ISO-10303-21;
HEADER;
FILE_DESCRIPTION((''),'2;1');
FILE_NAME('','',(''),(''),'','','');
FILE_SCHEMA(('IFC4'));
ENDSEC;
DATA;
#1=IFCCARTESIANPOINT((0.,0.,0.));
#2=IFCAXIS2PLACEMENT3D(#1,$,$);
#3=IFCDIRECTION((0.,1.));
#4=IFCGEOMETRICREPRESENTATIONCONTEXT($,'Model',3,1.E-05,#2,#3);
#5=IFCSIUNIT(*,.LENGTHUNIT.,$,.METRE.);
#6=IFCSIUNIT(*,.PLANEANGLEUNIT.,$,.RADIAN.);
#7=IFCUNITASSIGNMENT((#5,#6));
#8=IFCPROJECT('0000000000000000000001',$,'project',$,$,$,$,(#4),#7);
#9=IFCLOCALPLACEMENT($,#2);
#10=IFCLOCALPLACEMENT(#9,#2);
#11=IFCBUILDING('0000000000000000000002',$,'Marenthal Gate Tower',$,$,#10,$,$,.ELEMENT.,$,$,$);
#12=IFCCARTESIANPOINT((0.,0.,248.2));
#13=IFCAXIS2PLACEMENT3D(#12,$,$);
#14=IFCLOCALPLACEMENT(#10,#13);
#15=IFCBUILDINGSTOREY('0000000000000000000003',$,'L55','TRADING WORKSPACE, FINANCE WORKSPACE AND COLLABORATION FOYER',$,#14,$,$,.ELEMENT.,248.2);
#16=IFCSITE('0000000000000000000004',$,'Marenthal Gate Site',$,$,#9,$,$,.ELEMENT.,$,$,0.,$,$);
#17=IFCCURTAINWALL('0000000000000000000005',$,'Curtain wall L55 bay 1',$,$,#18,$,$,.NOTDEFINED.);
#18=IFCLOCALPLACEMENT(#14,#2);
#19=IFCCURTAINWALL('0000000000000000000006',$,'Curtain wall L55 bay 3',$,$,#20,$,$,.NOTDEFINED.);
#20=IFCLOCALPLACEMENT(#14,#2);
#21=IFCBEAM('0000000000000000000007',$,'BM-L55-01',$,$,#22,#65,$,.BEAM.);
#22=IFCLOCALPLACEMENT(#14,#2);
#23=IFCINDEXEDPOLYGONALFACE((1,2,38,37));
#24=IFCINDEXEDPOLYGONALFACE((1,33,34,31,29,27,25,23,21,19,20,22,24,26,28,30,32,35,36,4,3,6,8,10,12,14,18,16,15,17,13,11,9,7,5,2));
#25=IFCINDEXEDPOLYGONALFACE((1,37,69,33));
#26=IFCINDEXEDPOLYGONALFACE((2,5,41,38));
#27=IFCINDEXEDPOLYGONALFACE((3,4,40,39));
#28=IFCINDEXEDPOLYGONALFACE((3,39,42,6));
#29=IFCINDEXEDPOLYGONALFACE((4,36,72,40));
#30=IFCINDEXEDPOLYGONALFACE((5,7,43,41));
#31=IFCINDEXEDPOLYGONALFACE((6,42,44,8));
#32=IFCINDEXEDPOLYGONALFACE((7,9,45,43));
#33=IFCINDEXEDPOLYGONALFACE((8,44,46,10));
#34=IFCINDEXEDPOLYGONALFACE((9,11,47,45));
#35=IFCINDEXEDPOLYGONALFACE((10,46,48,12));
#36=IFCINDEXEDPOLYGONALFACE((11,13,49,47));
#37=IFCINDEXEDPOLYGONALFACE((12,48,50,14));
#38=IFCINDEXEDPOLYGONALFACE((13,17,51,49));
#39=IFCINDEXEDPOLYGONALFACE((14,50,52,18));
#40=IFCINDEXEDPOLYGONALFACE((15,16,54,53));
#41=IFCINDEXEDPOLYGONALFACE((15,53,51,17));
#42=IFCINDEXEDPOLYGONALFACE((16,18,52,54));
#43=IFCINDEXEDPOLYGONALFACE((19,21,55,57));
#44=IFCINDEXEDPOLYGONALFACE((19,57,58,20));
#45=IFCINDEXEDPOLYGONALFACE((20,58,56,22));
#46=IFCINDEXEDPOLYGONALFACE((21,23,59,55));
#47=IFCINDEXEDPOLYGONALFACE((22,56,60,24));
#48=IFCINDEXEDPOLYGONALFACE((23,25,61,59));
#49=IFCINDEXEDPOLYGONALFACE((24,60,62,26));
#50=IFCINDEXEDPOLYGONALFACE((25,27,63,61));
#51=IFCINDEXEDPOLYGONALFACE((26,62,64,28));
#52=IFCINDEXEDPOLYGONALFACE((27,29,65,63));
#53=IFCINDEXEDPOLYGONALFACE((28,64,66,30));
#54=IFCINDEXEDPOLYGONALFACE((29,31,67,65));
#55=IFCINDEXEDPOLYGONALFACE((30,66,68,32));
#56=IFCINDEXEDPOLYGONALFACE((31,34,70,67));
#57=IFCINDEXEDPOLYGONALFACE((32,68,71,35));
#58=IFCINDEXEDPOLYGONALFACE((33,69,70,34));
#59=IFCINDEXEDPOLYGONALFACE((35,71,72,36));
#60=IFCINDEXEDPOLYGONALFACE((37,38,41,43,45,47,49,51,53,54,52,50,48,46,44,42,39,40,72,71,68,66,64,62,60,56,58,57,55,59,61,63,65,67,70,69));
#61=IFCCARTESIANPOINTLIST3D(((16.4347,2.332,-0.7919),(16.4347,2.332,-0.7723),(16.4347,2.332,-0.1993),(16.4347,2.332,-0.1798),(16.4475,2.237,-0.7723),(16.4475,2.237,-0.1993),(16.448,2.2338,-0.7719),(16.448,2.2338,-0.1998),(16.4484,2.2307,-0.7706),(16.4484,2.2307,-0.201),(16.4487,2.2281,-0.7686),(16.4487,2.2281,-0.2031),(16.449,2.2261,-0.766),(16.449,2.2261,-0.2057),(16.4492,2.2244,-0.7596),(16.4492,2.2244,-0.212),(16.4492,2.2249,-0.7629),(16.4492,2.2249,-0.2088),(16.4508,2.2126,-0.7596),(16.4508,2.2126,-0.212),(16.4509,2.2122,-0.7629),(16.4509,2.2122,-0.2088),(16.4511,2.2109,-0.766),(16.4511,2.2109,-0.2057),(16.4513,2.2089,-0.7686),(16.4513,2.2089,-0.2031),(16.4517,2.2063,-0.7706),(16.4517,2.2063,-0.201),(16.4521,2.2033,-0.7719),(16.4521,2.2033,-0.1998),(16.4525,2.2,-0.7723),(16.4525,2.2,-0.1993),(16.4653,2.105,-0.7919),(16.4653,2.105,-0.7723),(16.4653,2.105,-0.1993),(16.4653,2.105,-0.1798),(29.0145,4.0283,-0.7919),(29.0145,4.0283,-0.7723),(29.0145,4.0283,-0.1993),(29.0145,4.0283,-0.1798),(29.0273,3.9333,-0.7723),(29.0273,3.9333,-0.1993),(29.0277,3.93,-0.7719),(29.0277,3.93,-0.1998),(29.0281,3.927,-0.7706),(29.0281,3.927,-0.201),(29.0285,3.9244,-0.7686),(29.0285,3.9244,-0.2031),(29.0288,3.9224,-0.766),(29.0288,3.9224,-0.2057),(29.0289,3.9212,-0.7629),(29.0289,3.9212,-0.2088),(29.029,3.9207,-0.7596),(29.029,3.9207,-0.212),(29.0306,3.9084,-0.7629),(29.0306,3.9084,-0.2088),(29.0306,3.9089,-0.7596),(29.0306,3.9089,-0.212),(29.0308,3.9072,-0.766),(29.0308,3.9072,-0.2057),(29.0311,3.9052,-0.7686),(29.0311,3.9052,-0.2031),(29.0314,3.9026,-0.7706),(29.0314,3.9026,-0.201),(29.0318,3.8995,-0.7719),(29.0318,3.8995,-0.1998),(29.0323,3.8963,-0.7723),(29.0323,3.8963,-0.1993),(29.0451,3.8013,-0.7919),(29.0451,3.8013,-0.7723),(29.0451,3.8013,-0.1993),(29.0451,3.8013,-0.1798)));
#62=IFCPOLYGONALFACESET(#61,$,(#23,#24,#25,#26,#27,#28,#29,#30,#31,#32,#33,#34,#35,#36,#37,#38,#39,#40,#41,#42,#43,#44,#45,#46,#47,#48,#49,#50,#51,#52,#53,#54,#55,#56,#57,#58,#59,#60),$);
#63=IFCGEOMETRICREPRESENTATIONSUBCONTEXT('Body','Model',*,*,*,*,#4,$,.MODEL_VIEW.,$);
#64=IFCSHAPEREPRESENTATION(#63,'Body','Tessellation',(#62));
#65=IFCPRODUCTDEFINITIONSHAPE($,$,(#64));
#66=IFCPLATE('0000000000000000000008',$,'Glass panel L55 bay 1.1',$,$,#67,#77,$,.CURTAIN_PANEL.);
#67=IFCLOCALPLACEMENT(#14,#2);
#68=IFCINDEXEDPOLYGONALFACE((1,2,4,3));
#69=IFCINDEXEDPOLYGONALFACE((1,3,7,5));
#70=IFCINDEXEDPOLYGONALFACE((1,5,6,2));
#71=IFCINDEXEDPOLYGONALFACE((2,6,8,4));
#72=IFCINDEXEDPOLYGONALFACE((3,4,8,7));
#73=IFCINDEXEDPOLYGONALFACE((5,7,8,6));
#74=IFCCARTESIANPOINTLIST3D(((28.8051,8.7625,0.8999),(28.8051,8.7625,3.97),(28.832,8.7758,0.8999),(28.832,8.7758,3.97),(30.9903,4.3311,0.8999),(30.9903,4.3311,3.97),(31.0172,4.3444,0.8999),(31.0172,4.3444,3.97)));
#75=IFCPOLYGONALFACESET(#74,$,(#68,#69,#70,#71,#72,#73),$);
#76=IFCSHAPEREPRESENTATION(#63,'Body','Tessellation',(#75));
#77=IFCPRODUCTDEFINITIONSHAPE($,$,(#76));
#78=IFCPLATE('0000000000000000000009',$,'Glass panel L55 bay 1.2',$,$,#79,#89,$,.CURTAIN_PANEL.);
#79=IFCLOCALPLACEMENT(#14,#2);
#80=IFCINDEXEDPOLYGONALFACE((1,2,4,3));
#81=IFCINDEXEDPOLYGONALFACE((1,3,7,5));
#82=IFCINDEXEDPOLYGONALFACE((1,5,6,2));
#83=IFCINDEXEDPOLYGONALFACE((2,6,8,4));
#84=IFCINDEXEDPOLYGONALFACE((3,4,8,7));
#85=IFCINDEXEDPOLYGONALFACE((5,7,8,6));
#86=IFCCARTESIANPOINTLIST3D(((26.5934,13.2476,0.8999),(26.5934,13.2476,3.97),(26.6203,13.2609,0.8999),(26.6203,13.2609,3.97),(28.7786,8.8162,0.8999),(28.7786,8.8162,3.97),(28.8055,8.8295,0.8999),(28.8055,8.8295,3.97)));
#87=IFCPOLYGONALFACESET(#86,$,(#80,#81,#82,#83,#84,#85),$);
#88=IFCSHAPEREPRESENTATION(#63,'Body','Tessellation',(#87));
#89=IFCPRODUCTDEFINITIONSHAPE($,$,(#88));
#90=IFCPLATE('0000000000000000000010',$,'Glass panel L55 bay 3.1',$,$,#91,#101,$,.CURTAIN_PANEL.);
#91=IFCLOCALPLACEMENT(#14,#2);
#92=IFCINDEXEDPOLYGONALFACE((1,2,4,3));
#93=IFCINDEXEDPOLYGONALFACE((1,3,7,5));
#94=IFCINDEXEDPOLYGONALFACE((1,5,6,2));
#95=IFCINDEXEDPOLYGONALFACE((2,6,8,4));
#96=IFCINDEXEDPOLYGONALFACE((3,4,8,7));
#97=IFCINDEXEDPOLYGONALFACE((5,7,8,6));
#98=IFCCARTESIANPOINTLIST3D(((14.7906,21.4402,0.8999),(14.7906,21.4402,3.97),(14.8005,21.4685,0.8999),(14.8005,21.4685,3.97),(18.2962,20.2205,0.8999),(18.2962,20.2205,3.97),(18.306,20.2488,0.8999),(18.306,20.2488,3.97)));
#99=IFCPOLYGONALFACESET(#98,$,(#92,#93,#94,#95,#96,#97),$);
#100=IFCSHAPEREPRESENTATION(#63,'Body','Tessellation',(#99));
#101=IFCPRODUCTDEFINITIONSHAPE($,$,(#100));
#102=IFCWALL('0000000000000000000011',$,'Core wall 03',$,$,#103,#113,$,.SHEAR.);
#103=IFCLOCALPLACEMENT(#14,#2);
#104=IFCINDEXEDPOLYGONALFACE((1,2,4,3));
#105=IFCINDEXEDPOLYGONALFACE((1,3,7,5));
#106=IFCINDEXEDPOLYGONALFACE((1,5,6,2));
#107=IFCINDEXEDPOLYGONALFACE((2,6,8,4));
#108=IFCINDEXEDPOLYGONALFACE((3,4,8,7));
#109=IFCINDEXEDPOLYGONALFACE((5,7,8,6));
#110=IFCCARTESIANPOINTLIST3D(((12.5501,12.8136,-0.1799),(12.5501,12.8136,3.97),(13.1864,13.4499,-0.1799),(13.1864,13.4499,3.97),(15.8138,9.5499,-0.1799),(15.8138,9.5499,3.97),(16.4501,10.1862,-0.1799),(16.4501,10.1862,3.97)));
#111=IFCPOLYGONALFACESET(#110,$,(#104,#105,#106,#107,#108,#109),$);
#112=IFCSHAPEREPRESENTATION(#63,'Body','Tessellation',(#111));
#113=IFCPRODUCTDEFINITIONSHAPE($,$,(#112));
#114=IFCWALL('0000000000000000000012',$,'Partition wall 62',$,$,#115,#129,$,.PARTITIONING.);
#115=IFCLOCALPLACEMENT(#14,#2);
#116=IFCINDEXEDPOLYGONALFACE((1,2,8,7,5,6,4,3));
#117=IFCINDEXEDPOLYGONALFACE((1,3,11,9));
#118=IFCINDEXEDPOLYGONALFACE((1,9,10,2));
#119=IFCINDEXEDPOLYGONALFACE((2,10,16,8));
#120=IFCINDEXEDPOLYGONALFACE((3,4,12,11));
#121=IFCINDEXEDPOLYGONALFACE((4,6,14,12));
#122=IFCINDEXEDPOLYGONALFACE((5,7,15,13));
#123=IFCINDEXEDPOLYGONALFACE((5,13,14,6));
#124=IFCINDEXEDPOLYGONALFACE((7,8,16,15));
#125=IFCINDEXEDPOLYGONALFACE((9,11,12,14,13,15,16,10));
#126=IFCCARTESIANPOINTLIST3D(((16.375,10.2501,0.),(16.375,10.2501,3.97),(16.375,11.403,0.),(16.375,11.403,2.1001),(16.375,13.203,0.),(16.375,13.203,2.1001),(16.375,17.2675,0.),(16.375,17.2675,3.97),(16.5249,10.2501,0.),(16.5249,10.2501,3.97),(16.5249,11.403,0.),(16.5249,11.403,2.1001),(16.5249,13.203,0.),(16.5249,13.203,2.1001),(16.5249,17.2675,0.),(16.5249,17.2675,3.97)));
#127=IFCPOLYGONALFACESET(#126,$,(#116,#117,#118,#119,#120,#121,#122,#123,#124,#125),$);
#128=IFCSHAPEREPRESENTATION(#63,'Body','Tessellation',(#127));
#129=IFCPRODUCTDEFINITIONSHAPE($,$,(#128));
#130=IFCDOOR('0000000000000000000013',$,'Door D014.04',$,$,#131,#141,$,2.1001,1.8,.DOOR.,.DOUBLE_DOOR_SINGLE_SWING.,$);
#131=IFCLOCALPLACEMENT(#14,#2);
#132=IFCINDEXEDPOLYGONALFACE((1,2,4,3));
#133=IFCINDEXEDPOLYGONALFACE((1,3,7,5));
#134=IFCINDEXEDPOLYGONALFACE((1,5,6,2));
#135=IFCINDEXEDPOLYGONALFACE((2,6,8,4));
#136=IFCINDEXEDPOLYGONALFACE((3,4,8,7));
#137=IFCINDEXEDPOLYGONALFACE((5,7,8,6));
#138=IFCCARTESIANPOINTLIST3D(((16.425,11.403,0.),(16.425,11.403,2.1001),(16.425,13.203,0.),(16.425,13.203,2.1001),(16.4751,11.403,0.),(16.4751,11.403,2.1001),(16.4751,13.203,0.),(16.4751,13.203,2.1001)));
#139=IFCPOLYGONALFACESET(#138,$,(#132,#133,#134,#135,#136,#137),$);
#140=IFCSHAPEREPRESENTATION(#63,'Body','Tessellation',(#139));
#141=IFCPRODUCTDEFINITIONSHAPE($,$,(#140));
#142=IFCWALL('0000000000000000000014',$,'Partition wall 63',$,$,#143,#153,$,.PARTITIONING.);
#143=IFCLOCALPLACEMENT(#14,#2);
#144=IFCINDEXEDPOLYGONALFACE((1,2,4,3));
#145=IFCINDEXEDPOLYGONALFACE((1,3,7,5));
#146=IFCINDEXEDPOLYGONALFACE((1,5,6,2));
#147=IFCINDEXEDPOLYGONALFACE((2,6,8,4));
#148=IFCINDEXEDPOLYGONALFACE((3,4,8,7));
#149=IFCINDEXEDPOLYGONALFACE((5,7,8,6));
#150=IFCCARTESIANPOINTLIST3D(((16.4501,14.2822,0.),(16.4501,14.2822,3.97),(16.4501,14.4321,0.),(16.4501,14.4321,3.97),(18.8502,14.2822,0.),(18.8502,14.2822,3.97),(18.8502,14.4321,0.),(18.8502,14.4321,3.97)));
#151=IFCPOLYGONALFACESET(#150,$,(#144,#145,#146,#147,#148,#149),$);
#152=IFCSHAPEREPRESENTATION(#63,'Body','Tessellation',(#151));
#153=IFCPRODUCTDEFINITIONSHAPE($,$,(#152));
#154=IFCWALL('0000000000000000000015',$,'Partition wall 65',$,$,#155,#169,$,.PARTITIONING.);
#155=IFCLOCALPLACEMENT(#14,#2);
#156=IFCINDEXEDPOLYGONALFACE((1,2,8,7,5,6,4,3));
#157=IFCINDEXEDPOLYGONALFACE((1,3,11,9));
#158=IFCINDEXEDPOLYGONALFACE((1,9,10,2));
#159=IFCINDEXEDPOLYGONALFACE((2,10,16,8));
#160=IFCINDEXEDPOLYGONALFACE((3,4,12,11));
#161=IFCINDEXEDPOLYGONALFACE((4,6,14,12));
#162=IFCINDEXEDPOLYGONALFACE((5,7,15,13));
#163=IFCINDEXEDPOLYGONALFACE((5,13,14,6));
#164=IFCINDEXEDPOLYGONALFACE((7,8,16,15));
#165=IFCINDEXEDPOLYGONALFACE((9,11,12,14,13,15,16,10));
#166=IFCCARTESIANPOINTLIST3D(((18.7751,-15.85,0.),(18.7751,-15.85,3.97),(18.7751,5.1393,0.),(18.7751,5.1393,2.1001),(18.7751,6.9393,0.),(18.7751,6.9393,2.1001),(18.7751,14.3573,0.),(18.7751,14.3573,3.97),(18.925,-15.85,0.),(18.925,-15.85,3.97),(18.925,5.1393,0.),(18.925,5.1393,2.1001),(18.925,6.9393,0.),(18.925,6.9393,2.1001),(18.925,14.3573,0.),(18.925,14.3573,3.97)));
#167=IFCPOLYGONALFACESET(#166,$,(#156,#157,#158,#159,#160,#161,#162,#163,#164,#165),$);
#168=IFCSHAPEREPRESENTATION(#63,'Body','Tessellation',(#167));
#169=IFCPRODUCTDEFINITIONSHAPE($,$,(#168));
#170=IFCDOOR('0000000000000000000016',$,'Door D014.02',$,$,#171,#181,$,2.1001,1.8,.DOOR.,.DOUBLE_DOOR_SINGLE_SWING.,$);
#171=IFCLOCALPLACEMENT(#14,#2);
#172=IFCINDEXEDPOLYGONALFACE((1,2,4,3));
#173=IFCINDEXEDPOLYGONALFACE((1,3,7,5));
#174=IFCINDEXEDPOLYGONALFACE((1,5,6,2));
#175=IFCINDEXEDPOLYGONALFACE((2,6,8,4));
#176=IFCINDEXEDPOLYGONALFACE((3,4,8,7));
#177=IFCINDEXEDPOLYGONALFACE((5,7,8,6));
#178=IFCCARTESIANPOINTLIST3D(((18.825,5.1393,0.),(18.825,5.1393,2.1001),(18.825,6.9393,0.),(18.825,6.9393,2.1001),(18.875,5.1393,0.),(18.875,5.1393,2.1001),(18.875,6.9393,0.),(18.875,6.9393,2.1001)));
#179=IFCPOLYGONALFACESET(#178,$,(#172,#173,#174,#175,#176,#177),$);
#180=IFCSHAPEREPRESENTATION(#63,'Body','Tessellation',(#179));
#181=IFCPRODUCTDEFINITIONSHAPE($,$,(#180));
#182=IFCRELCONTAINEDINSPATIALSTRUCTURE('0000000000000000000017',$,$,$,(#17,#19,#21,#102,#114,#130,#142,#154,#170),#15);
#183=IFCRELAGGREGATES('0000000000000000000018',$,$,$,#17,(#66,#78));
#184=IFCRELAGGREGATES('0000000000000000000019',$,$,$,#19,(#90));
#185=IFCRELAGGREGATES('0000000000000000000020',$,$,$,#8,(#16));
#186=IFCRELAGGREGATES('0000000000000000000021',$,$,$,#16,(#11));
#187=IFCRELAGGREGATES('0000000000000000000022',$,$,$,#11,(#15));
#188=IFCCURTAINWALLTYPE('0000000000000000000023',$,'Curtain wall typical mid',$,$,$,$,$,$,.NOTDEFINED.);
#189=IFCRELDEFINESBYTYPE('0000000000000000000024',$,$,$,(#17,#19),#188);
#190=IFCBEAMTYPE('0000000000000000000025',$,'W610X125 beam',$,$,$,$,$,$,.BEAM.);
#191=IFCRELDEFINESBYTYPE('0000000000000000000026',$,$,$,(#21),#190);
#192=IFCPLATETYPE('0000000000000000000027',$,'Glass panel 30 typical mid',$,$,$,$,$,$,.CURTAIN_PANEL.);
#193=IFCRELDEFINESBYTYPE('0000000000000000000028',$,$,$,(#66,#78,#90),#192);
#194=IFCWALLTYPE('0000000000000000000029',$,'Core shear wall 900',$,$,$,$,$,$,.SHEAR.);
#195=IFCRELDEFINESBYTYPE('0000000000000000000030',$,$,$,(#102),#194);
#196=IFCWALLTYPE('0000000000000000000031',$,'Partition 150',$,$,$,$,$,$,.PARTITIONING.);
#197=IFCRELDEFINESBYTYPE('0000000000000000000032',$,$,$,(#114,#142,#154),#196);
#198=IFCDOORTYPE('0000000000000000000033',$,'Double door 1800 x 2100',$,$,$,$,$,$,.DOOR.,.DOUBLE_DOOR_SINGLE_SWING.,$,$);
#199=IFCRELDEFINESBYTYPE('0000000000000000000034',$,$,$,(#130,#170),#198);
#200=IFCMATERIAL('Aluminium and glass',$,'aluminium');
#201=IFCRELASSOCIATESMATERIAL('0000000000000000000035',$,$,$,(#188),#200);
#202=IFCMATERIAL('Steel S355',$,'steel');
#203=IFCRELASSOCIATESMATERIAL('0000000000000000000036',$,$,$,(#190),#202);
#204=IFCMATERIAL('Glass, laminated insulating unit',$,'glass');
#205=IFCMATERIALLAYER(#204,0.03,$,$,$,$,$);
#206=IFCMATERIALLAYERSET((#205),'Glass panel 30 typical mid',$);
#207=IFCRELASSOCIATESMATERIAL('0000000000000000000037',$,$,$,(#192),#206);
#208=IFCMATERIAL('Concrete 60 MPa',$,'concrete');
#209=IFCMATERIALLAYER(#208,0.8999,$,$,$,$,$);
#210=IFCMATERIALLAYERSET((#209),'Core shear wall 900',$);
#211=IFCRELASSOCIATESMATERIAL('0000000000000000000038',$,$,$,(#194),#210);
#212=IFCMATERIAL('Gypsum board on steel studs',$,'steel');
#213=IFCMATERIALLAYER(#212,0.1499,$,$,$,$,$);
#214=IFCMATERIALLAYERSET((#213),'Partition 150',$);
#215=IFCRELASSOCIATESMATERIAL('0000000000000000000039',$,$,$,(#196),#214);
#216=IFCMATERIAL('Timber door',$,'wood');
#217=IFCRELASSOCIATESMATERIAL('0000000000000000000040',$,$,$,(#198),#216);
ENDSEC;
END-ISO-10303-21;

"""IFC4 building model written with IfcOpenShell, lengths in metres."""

from ifc_helpers import new_model, si_unit, direction, frame, frame_2d, origin, origin_2d, place, context, subcontext, project, spatial, rectangle, i_section, extrude, material, layer, layer_set, material_profile, profile_set, type_object, element, fill, aggregate, save


model = new_model("IFC4")

# Units and contexts
model_context = context("Model", 3, precision=1e-05, world=origin(), true_north=direction((0.0, 1.0)))
body_context = subcontext(model_context, "Body", "Model", "MODEL_VIEW")
ifc_project = project(units=[si_unit("LENGTHUNIT", "METRE"), si_unit("PLANEANGLEUNIT", "RADIAN")], contexts=[model_context])

# Site, building, storey
site_placement = place(None, origin())
site = spatial("IfcSite", under=ifc_project, at=site_placement, Name="Marenthal Gate Site", CompositionType="ELEMENT", RefElevation=0.0)
building_placement = place(site_placement, origin())
building = spatial("IfcBuilding", under=site, at=building_placement, Name="Marenthal Gate Tower", CompositionType="ELEMENT")
storey_placement = place(building_placement, frame((0.0, 0.0, 248.2)))
storey = spatial("IfcBuildingStorey", under=building, at=storey_placement, Name="L55", Description="TRADING WORKSPACE, FINANCE WORKSPACE AND COLLABORATION FOYER", CompositionType="ELEMENT", Elevation=248.2)

# Curtain walls
ifc_material_1 = material(Name="Aluminium and glass", Category="aluminium")
curtain_wall_type = type_object("IfcCurtainWallType", Name="Curtain wall typical mid", PredefinedType="NOTDEFINED", material=ifc_material_1)
curtain_wall_1_placement = place(storey_placement, origin())
curtain_wall_1 = element("IfcCurtainWall", 1, at=curtain_wall_1_placement, inside=storey, type_object=curtain_wall_type, Name="Curtain wall L55 bay 1", PredefinedType="NOTDEFINED")
curtain_wall_2_placement = place(storey_placement, origin())
curtain_wall_2 = element("IfcCurtainWall", 2, at=curtain_wall_2_placement, inside=storey, type_object=curtain_wall_type, Name="Curtain wall L55 bay 3", PredefinedType="NOTDEFINED")

# Beam
ifc_material_2 = material(Name="Steel S355", Category="steel")
ifc_material_profile_1 = material_profile(ifc_material_2, i_section(OverallWidth=0.229, OverallDepth=0.6121, WebThickness=0.012, FlangeThickness=0.0195, FilletRadius=0.0127, at=origin_2d()), Name="W610X125")
ifc_profile_set_1 = profile_set([ifc_material_profile_1], Name="Steel S355")
beam_type_1 = type_object("IfcBeamType", Name="W610X125 beam", PredefinedType="BEAM", material=ifc_profile_set_1)
beam_1_placement = place(storey_placement, frame((29.0298, 3.9148, -0.4858), z_axis=(-0.991031, -0.133633, 0.0), x_axis=(0.133633, -0.991031, 0.0)))
element("IfcBeam", 3, at=beam_1_placement, inside=storey, type_object=beam_type_1, Name="BM-L55-01", PredefinedType="BEAM", context=body_context, shape_type="SweptSolid", body=[
    extrude(i_section(OverallWidth=0.229, OverallDepth=0.6121, WebThickness=0.012, FlangeThickness=0.0195, FilletRadius=0.0127, at=origin_2d()), origin(), (0.0, 0.0, 1.0), 12.6936),
])

# Plates
ifc_material_3 = material(Name="Glass, laminated insulating unit", Category="glass")
ifc_layer_1 = layer(ifc_material_3, 0.03)
ifc_layer_set_1 = layer_set([ifc_layer_1], Name="Glass panel 30 typical mid")
plate_type = type_object("IfcPlateType", Name="Glass panel 30 typical mid", PredefinedType="CURTAIN_PANEL", material=ifc_layer_set_1)
plate_1_placement = place(storey_placement, frame((29.9111, 6.5535, 0.8999), z_axis=(0.0, 0.0, 1.0), x_axis=(-0.442269, 0.896882, 0.0)))
plate_1 = element("IfcPlate", 4, at=plate_1_placement, type_object=plate_type, Name="Glass panel L55 bay 1.1", PredefinedType="CURTAIN_PANEL", context=body_context, shape_type="SweptSolid", body=[
    extrude(rectangle(XDim=4.9409, YDim=0.03, at=origin_2d()), origin(), (0.0, 0.0, 1.0), 3.0701),
])
plate_2_placement = place(storey_placement, frame((27.6995, 11.0386, 0.8999), z_axis=(0.0, 0.0, 1.0), x_axis=(-0.442269, 0.896882, 0.0)))
plate_2 = element("IfcPlate", 5, at=plate_2_placement, type_object=plate_type, Name="Glass panel L55 bay 1.2", PredefinedType="CURTAIN_PANEL", context=body_context, shape_type="SweptSolid", body=[
    extrude(rectangle(XDim=4.9409, YDim=0.03, at=origin_2d()), origin(), (0.0, 0.0, 1.0), 3.0701),
])
aggregate(curtain_wall_1, [plate_1, plate_2])
plate_3_placement = place(storey_placement, frame((16.5483, 20.8445, 0.8999), z_axis=(0.0, 0.0, 1.0), x_axis=(-0.944465, 0.328612, 0.0)))
plate_3 = element("IfcPlate", 6, at=plate_3_placement, type_object=plate_type, Name="Glass panel L55 bay 3.1", PredefinedType="CURTAIN_PANEL", context=body_context, shape_type="SweptSolid", body=[
    extrude(rectangle(XDim=3.7117, YDim=0.03, at=origin_2d()), origin(), (0.0, 0.0, 1.0), 3.0701),
])
aggregate(curtain_wall_2, [plate_3])

# Wall
ifc_material_4 = material(Name="Concrete 60 MPa", Category="concrete")
ifc_layer_2 = layer(ifc_material_4, 0.8999)
ifc_layer_set_2 = layer_set([ifc_layer_2], Name="Core shear wall 900")
wall_type_1 = type_object("IfcWallType", Name="Core shear wall 900", PredefinedType="SHEAR", material=ifc_layer_set_2)
wall_1_placement = place(storey_placement, frame((16.1318, 9.8682, -0.1799), z_axis=(0.0, 0.0, 1.0), x_axis=(-0.707107, 0.707107, 0.0)))
element("IfcWall", 7, at=wall_1_placement, inside=storey, type_object=wall_type_1, Name="Core wall 03", PredefinedType="SHEAR", context=body_context, shape_type="SweptSolid", body=[
    extrude(rectangle(XDim=4.6155, YDim=0.8999, at=frame_2d((2.3076, 0.0))), origin(), (0.0, 0.0, 1.0), 4.1499),
])

# Wall, opening, door
ifc_material_5 = material(Name="Gypsum board on steel studs", Category="steel")
ifc_layer_3 = layer(ifc_material_5, 0.1499)
ifc_layer_set_3 = layer_set([ifc_layer_3], Name="Partition 150")
wall_type_2 = type_object("IfcWallType", Name="Partition 150", PredefinedType="PARTITIONING", material=ifc_layer_set_3)
wall_2_placement = place(storey_placement, frame((16.45, 10.25, 0.0), z_axis=(0.0, 0.0, 1.0), x_axis=(0.0, 1.0, 0.0)))
wall_2 = element("IfcWall", 8, at=wall_2_placement, inside=storey, type_object=wall_type_2, Name="Partition wall 62", PredefinedType="PARTITIONING", context=body_context, shape_type="SweptSolid", body=[
    extrude(rectangle(XDim=7.0173, YDim=0.1499, at=frame_2d((3.5088, 0.0))), origin(), (0.0, 0.0, 1.0), 3.97),
])
opening_1_placement = place(wall_2_placement, frame((1.1531, 0.0, 0.0)))
opening_1 = element("IfcOpeningElement", 9, at=opening_1_placement, cuts=wall_2, PredefinedType="OPENING", context=body_context, shape_type="SweptSolid", body=[
    extrude(rectangle(XDim=1.8, YDim=2.1001, at=frame_2d((0.8999, 1.05))), frame((0.0, 0.085, 0.0), z_axis=(0.0, -1.0, 0.0), x_axis=(1.0, 0.0, 0.0)), (0.0, 0.0, 1.0), 0.1699),
])
ifc_material_6 = material(Name="Timber door", Category="wood")
door_type_1 = type_object("IfcDoorType", Name="Double door 1800 x 2100", OperationType="DOUBLE_DOOR_SINGLE_SWING", PredefinedType="DOOR", material=ifc_material_6)
door_1_placement = place(opening_1_placement, origin())
door_1 = element("IfcDoor", 10, at=door_1_placement, inside=storey, type_object=door_type_1, Name="Door D014.04", OperationType="DOUBLE_DOOR_SINGLE_SWING", OverallHeight=2.1001, OverallWidth=1.8, PredefinedType="DOOR", context=body_context, shape_type="SweptSolid", body=[
    extrude(rectangle(XDim=1.8, YDim=2.1001, at=frame_2d((0.8999, 1.05))), frame((0.0, 0.0249, 0.0), z_axis=(0.0, -1.0, 0.0), x_axis=(1.0, 0.0, 0.0)), (0.0, 0.0, 1.0), 0.05),
])
fill(opening_1, door_1)

# Wall
wall_3_placement = place(storey_placement, frame((16.45, 14.3572, 0.0), z_axis=(0.0, 0.0, 1.0), x_axis=(1.0, 0.0, 0.0)))
element("IfcWall", 11, at=wall_3_placement, inside=storey, type_object=wall_type_2, Name="Partition wall 63", PredefinedType="PARTITIONING", context=body_context, shape_type="SweptSolid", body=[
    extrude(rectangle(XDim=2.4001, YDim=0.1499, at=frame_2d((1.2002, 0.0))), origin(), (0.0, 0.0, 1.0), 3.97),
])

# Wall, opening, door
wall_4_placement = place(storey_placement, frame((18.8501, 14.3572, 0.0), z_axis=(0.0, 0.0, 1.0), x_axis=(0.0, -1.0, 0.0)))
wall_4 = element("IfcWall", 12, at=wall_4_placement, inside=storey, type_object=wall_type_2, Name="Partition wall 65", PredefinedType="PARTITIONING", context=body_context, shape_type="SweptSolid", body=[
    extrude(rectangle(XDim=30.2073, YDim=0.1499, at=frame_2d((15.1035, 0.0))), origin(), (0.0, 0.0, 1.0), 3.97),
])
opening_2_placement = place(wall_4_placement, frame((7.418, 0.0, 0.0)))
opening_2 = element("IfcOpeningElement", 13, at=opening_2_placement, cuts=wall_4, PredefinedType="OPENING", context=body_context, shape_type="SweptSolid", body=[
    extrude(rectangle(XDim=1.8, YDim=2.1001, at=frame_2d((0.8999, 1.05))), frame((0.0, 0.085, 0.0), z_axis=(0.0, -1.0, 0.0), x_axis=(1.0, 0.0, 0.0)), (0.0, 0.0, 1.0), 0.1699),
])
door_2_placement = place(opening_2_placement, origin())
door_2 = element("IfcDoor", 14, at=door_2_placement, inside=storey, type_object=door_type_1, Name="Door D014.02", OperationType="DOUBLE_DOOR_SINGLE_SWING", OverallHeight=2.1001, OverallWidth=1.8, PredefinedType="DOOR", context=body_context, shape_type="SweptSolid", body=[
    extrude(rectangle(XDim=1.8, YDim=2.1001, at=frame_2d((0.8999, 1.05))), frame((0.0, 0.0249, 0.0), z_axis=(0.0, -1.0, 0.0), x_axis=(1.0, 0.0, 0.0)), (0.0, 0.0, 1.0), 0.05),
])
fill(opening_2, door_2)

save(model, "model.ifc")
